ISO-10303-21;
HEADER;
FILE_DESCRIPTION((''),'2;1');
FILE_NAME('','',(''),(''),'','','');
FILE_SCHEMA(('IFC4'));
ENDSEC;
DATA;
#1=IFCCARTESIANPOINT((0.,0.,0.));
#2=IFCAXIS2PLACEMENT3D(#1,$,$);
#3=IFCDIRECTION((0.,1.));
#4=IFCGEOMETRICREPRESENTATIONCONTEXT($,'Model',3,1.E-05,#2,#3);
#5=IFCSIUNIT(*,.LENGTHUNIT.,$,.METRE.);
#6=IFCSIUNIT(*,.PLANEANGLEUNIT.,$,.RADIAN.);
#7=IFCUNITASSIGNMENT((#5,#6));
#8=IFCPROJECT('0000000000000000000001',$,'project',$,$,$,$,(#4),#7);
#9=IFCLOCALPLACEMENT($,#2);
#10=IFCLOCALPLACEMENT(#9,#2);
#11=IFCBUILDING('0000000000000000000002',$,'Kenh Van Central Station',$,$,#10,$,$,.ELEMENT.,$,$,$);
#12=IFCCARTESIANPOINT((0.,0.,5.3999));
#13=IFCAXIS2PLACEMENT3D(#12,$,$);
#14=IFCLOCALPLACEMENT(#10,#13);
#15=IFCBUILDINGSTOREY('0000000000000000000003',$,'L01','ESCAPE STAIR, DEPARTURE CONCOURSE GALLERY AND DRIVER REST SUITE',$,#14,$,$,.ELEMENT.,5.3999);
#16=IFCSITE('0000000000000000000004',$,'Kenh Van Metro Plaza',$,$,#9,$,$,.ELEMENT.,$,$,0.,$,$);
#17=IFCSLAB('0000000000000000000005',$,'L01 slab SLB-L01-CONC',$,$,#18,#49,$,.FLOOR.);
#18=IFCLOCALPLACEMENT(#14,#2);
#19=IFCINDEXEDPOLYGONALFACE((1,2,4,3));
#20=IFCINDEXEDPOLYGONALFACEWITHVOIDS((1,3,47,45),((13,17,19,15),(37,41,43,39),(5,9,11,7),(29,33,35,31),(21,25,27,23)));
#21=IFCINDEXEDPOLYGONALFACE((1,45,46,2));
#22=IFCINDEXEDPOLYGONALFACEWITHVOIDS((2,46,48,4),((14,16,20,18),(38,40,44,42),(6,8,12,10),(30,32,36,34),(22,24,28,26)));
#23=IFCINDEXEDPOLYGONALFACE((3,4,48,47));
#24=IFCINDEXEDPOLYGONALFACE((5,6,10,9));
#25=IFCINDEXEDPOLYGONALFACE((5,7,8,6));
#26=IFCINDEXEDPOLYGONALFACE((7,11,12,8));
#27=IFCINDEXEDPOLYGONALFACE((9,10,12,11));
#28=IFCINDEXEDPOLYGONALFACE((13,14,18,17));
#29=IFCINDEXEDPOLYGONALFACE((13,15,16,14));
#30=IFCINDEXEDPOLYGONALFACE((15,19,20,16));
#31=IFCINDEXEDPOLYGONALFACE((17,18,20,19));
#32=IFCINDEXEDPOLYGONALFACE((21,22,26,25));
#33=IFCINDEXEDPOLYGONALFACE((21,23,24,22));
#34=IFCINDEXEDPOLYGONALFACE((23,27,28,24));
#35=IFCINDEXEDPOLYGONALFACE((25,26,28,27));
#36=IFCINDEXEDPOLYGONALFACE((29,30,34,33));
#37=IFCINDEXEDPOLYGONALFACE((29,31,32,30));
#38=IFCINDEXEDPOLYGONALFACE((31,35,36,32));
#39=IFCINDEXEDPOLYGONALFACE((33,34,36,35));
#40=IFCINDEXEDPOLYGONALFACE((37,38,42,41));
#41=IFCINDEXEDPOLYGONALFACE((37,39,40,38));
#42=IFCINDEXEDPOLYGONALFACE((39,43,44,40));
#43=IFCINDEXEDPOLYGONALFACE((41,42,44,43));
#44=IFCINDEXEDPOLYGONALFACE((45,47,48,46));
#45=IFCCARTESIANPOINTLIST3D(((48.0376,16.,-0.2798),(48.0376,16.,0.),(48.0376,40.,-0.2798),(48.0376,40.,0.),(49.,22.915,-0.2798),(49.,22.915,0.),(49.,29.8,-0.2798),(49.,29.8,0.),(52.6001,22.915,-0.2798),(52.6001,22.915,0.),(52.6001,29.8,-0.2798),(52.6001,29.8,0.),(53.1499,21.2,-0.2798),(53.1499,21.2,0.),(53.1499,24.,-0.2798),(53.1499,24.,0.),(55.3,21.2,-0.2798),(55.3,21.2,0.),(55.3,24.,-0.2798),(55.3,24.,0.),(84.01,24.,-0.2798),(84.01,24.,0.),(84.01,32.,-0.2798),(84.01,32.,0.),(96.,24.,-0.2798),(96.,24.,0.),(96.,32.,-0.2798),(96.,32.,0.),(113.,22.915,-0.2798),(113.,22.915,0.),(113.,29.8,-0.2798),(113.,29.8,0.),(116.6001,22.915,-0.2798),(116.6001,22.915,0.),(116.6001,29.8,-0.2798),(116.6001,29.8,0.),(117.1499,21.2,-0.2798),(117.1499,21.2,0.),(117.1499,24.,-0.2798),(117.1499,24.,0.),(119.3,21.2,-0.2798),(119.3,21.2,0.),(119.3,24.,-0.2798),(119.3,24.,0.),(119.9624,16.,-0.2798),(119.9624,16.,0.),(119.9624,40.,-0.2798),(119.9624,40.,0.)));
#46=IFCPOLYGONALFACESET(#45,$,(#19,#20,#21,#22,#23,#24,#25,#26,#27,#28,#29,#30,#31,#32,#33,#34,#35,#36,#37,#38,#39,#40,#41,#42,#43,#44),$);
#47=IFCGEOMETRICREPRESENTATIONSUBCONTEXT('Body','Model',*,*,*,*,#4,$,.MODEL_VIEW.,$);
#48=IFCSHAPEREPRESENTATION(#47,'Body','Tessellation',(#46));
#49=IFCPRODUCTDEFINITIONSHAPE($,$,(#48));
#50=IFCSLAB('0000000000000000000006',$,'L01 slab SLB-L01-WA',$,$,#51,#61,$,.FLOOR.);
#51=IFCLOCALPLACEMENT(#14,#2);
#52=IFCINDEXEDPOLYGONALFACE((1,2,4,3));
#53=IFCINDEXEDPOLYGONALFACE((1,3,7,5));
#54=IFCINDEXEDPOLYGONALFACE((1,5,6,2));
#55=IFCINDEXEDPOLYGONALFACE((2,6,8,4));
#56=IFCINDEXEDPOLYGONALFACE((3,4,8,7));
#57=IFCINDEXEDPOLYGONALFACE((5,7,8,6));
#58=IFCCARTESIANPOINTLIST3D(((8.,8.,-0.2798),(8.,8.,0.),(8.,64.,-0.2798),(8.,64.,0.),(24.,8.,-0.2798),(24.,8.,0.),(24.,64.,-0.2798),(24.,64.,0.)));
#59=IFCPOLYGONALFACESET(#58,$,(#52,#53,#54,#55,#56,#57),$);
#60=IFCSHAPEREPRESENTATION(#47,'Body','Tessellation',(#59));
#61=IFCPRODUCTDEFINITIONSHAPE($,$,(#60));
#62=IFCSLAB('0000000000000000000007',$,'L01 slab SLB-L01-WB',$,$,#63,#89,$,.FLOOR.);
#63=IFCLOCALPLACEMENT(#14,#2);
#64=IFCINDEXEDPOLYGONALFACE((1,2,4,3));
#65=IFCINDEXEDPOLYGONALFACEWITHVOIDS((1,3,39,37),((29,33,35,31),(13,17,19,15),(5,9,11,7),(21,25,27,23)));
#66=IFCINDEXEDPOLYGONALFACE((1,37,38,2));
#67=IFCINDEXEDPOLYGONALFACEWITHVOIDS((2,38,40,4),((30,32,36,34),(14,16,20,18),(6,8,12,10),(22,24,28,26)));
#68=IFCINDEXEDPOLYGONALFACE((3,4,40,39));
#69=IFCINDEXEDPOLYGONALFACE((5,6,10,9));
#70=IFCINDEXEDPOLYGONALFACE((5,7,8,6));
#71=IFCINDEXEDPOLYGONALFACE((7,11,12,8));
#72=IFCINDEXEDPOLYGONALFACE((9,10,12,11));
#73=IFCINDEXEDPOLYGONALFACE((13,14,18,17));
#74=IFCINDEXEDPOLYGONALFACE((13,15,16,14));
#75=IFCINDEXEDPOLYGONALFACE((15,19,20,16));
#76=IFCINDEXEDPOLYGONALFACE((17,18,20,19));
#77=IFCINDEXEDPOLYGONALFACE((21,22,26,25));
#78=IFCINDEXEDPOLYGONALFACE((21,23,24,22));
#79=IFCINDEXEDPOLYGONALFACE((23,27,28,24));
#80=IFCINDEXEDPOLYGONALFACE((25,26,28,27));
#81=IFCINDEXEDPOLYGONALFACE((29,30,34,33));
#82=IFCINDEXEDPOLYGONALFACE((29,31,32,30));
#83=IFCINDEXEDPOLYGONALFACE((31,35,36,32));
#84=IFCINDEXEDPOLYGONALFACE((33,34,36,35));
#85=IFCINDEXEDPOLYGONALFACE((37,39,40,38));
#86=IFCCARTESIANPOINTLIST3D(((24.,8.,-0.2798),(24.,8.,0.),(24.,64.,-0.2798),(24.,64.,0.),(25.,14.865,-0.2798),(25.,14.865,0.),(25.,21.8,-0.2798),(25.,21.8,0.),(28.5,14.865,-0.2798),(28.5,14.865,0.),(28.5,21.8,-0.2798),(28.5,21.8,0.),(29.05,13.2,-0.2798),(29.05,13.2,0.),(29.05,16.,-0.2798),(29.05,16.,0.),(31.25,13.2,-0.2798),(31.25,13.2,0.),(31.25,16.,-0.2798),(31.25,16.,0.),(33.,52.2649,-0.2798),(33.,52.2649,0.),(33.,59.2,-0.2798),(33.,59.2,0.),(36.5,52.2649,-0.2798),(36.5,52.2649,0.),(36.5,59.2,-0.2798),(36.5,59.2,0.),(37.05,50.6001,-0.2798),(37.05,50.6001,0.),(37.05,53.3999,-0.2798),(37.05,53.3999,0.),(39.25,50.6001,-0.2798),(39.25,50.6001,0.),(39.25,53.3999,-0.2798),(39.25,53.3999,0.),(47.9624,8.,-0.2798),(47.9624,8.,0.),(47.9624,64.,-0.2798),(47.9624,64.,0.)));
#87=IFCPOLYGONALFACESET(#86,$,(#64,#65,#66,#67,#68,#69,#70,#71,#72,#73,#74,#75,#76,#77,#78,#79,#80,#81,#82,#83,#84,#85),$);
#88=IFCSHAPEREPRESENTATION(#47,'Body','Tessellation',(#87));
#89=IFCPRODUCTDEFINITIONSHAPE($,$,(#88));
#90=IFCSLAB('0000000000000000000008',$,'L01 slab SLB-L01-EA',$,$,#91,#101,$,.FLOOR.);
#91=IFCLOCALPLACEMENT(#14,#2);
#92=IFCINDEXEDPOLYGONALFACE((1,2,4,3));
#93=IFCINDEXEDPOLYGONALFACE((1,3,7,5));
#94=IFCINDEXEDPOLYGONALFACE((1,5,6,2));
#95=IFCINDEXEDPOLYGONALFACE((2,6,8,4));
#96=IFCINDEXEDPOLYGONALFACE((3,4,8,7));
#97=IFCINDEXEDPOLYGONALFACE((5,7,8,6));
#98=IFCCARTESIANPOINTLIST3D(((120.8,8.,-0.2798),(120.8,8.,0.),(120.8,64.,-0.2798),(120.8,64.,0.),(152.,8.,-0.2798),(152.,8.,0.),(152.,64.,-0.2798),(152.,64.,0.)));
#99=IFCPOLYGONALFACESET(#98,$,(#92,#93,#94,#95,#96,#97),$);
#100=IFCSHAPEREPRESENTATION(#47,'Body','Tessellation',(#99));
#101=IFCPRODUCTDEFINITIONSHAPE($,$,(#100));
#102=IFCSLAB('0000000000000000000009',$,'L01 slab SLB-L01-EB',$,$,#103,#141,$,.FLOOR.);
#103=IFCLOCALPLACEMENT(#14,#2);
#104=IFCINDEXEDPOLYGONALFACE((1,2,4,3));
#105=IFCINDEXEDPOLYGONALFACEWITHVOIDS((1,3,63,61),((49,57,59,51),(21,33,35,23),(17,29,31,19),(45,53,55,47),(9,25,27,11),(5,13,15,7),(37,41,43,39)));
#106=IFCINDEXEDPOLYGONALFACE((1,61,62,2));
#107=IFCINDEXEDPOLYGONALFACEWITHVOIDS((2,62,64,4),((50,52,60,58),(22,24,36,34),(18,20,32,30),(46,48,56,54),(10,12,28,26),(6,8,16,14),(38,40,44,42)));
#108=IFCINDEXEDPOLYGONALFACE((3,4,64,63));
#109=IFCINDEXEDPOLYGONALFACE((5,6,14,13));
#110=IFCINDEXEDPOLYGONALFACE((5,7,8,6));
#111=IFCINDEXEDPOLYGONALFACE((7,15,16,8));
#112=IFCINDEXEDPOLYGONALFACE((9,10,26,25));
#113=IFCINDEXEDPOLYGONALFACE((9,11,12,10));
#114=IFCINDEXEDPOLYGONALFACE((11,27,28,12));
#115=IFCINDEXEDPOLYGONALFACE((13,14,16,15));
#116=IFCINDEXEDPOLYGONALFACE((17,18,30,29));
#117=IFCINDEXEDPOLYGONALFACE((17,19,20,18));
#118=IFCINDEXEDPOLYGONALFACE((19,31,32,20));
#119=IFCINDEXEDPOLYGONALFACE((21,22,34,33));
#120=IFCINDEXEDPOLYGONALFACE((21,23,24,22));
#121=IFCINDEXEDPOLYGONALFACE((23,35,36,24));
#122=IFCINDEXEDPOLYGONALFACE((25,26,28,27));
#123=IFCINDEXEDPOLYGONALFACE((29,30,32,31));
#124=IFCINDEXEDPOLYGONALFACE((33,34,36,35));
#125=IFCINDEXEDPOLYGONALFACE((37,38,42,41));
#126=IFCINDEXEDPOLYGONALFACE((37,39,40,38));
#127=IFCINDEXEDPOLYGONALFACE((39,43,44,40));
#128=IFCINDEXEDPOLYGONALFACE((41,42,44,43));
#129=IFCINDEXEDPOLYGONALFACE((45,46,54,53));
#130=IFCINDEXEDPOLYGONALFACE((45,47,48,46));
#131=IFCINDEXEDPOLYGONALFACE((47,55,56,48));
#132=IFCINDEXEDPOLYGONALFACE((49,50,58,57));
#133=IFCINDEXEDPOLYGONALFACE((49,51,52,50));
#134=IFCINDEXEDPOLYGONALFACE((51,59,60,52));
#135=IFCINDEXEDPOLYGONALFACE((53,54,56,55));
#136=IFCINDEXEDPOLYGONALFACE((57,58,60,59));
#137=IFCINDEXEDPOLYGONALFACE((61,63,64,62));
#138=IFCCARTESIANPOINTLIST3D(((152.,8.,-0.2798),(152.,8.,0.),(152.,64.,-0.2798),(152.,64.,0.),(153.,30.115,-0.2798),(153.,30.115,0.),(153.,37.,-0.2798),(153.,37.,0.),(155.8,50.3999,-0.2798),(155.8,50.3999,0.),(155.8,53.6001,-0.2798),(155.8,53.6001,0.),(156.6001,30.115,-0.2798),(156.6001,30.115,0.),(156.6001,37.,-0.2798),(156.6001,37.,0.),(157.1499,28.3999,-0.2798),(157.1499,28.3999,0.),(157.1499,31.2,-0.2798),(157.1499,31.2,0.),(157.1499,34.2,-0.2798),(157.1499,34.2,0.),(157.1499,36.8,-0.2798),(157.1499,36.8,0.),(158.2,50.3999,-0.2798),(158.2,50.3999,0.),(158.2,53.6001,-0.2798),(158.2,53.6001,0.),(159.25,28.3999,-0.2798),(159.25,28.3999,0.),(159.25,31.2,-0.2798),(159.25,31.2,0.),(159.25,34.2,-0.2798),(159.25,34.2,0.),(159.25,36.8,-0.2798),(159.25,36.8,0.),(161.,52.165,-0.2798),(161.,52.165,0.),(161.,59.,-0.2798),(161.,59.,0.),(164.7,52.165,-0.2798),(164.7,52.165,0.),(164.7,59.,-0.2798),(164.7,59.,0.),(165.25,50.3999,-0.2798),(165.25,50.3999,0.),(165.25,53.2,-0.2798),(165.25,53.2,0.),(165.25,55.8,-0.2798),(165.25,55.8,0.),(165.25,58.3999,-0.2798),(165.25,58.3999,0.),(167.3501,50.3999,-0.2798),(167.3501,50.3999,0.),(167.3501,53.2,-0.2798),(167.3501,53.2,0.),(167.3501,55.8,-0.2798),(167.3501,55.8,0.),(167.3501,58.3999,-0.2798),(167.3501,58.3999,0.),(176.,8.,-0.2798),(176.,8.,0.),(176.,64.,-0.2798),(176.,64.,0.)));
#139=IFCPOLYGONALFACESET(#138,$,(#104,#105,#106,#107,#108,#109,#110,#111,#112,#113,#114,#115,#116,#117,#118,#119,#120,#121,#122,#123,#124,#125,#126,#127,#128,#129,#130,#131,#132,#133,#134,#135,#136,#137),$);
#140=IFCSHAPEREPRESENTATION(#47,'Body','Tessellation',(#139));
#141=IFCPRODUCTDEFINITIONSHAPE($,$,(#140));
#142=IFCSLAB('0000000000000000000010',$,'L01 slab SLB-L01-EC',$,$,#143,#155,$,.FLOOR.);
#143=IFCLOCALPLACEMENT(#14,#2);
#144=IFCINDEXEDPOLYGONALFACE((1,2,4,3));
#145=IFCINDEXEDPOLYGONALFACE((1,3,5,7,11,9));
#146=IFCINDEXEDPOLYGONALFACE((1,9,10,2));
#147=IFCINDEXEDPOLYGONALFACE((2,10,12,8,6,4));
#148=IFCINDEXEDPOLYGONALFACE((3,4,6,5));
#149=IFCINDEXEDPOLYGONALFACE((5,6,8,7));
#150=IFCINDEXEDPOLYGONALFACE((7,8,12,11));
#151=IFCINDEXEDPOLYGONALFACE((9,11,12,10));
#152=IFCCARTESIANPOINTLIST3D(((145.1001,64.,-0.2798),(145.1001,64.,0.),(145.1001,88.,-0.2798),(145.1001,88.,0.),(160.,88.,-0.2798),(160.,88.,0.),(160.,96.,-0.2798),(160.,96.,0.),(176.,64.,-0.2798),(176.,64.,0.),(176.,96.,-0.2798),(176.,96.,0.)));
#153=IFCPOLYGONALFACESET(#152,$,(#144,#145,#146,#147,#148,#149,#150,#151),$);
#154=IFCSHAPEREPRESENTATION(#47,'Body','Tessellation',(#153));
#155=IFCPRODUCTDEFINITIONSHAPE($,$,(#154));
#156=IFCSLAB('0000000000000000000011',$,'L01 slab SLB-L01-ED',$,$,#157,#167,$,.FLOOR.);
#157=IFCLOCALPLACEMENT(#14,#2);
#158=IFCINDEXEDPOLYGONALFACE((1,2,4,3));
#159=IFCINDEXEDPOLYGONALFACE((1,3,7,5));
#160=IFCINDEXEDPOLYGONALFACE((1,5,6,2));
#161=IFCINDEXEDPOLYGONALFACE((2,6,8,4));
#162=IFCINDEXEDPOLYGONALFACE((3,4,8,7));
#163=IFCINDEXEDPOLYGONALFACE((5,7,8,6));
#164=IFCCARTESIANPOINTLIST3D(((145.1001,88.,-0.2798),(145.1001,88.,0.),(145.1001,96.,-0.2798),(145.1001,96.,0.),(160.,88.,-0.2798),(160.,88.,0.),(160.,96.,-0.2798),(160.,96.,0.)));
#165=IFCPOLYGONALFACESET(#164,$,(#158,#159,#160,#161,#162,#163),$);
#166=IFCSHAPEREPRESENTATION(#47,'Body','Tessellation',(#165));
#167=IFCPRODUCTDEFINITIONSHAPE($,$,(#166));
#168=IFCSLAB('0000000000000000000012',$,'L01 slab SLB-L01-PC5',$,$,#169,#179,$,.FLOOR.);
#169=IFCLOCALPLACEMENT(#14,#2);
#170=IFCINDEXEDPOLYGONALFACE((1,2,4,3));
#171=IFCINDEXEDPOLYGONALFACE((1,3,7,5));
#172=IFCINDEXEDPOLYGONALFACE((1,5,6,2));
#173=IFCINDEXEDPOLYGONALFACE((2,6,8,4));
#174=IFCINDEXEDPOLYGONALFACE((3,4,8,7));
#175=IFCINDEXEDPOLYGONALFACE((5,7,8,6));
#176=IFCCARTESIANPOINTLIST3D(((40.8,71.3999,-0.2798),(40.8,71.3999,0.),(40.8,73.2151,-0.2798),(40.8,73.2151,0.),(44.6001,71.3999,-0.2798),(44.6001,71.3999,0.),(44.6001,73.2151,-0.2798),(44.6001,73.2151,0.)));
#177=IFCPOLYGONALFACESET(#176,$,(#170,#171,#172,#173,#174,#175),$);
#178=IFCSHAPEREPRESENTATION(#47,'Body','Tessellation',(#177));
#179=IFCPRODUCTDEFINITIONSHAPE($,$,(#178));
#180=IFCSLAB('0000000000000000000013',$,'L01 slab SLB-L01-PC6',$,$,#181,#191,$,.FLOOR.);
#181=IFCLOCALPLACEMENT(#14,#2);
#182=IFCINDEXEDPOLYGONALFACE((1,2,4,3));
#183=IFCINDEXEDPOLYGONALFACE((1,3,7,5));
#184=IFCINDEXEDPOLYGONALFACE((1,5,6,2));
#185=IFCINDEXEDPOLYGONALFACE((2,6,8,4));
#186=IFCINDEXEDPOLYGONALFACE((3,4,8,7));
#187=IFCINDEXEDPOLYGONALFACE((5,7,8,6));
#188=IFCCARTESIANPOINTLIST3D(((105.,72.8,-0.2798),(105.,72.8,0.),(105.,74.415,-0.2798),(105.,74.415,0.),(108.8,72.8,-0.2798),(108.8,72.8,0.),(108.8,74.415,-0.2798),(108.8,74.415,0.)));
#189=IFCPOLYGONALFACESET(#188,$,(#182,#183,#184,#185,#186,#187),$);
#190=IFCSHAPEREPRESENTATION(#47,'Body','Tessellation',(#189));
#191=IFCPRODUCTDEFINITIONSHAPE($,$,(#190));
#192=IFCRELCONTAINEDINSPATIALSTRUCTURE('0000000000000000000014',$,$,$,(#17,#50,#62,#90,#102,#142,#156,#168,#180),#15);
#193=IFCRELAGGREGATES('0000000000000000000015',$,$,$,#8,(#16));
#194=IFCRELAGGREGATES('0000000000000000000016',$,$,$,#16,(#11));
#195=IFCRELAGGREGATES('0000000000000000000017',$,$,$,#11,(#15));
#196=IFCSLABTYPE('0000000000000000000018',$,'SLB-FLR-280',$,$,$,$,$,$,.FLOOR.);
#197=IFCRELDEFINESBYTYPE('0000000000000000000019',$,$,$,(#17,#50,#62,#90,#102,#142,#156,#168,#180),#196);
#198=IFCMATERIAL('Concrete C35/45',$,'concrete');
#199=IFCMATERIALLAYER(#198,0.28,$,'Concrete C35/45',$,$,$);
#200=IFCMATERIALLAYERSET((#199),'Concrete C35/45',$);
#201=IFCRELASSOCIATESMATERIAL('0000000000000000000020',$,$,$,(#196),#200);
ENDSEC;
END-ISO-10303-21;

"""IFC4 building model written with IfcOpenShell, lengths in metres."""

from ifc_helpers import new_model, si_unit, direction, frame, origin, place, context, subcontext, project, spatial, polyline, outline, extrude, material, layer, layer_set, type_object, element, save


model = new_model("IFC4")

# Units and contexts
model_context = context("Model", 3, precision=1e-05, world=origin(), true_north=direction((0.0, 1.0)))
body_context = subcontext(model_context, "Body", "Model", "MODEL_VIEW")
ifc_project = project(units=[si_unit("LENGTHUNIT", "METRE"), si_unit("PLANEANGLEUNIT", "RADIAN")], contexts=[model_context])

# Site, building, storey
site_placement = place(None, origin())
site = spatial("IfcSite", under=ifc_project, at=site_placement, Name="Kenh Van Metro Plaza", CompositionType="ELEMENT", RefElevation=0.0)
building_placement = place(site_placement, origin())
building = spatial("IfcBuilding", under=site, at=building_placement, Name="Kenh Van Central Station", CompositionType="ELEMENT")
storey_placement = place(building_placement, frame((0.0, 0.0, 5.3999)))
storey = spatial("IfcBuildingStorey", under=building, at=storey_placement, Name="L01", Description="ESCAPE STAIR, DEPARTURE CONCOURSE GALLERY AND DRIVER REST SUITE", CompositionType="ELEMENT", Elevation=5.3999)

# Shared definitions
ifc_material_1 = material(Name="Concrete C35/45", Category="concrete")

# Slabs
ifc_layer_1 = layer(ifc_material_1, 0.28, Name="Concrete C35/45")
ifc_layer_set_1 = layer_set([ifc_layer_1], Name="Concrete C35/45")
slab_type_1 = type_object("IfcSlabType", Name="SLB-FLR-280", PredefinedType="FLOOR", material=ifc_layer_set_1)
slab_1_placement = place(storey_placement, frame((0.0, 0.0, -0.2798)))
element("IfcSlab", 1, at=slab_1_placement, inside=storey, type_object=slab_type_1, Name="L01 slab SLB-L01-CONC", PredefinedType="FLOOR", context=body_context, shape_type="SweptSolid", body=[
    extrude(outline(polyline([(48.0376, 16.0), (119.9624, 16.0), (119.9624, 40.0), (48.0376, 40.0), (48.0376, 16.0)]), holes=[polyline([(119.3, 21.2), (117.1499, 21.2), (117.1499, 24.0), (119.3, 24.0), (119.3, 21.2)]), polyline([(116.6001, 22.915), (113.0, 22.915), (113.0, 29.8), (116.6001, 29.8), (116.6001, 22.915)]), polyline([(96.0, 24.0), (84.01, 24.0), (84.01, 32.0), (96.0, 32.0), (96.0, 24.0)]), polyline([(55.3, 21.2), (53.1499, 21.2), (53.1499, 24.0), (55.3, 24.0), (55.3, 21.2)]), polyline([(52.6001, 22.915), (49.0, 22.915), (49.0, 29.8), (52.6001, 29.8), (52.6001, 22.915)])]), origin(), (0.0, 0.0, 1.0), 0.2798),
])
slab_2_placement = place(storey_placement, frame((0.0, 0.0, -0.2798)))
element("IfcSlab", 2, at=slab_2_placement, inside=storey, type_object=slab_type_1, Name="L01 slab SLB-L01-WA", PredefinedType="FLOOR", context=body_context, shape_type="SweptSolid", body=[
    extrude(outline(polyline([(8.0, 8.0), (24.0, 8.0), (24.0, 64.0), (8.0, 64.0), (8.0, 8.0)])), origin(), (0.0, 0.0, 1.0), 0.2798),
])
slab_3_placement = place(storey_placement, frame((0.0, 0.0, -0.2798)))
element("IfcSlab", 3, at=slab_3_placement, inside=storey, type_object=slab_type_1, Name="L01 slab SLB-L01-WB", PredefinedType="FLOOR", context=body_context, shape_type="SweptSolid", body=[
    extrude(outline(polyline([(24.0, 8.0), (47.9624, 8.0), (47.9624, 64.0), (24.0, 64.0), (24.0, 8.0)]), holes=[polyline([(39.25, 50.6001), (37.05, 50.6001), (37.05, 53.3999), (39.25, 53.3999), (39.25, 50.6001)]), polyline([(36.5, 52.2649), (33.0, 52.2649), (33.0, 59.2), (36.5, 59.2), (36.5, 52.2649)]), polyline([(31.25, 13.2), (29.05, 13.2), (29.05, 16.0), (31.25, 16.0), (31.25, 13.2)]), polyline([(28.5, 14.865), (25.0, 14.865), (25.0, 21.8), (28.5, 21.8), (28.5, 14.865)])]), origin(), (0.0, 0.0, 1.0), 0.2798),
])
slab_4_placement = place(storey_placement, frame((0.0, 0.0, -0.2798)))
element("IfcSlab", 4, at=slab_4_placement, inside=storey, type_object=slab_type_1, Name="L01 slab SLB-L01-EA", PredefinedType="FLOOR", context=body_context, shape_type="SweptSolid", body=[
    extrude(outline(polyline([(120.8, 8.0), (152.0, 8.0), (152.0, 64.0), (120.8, 64.0), (120.8, 8.0)])), origin(), (0.0, 0.0, 1.0), 0.2798),
])
slab_5_placement = place(storey_placement, frame((0.0, 0.0, -0.2798)))
element("IfcSlab", 5, at=slab_5_placement, inside=storey, type_object=slab_type_1, Name="L01 slab SLB-L01-EB", PredefinedType="FLOOR", context=body_context, shape_type="SweptSolid", body=[
    extrude(outline(polyline([(152.0, 8.0), (176.0, 8.0), (176.0, 64.0), (152.0, 64.0), (152.0, 8.0)]), holes=[polyline([(167.3501, 50.3999), (165.25, 50.3999), (165.25, 53.2), (167.3501, 53.2), (167.3501, 50.3999)]), polyline([(167.3501, 55.8), (165.25, 55.8), (165.25, 58.3999), (167.3501, 58.3999), (167.3501, 55.8)]), polyline([(164.7, 52.165), (161.0, 52.165), (161.0, 59.0), (164.7, 59.0), (164.7, 52.165)]), polyline([(159.25, 28.3999), (157.1499, 28.3999), (157.1499, 31.2), (159.25, 31.2), (159.25, 28.3999)]), polyline([(159.25, 34.2), (157.1499, 34.2), (157.1499, 36.8), (159.25, 36.8), (159.25, 34.2)]), polyline([(158.2, 50.3999), (155.8, 50.3999), (155.8, 53.6001), (158.2, 53.6001), (158.2, 50.3999)]), polyline([(156.6001, 30.115), (153.0, 30.115), (153.0, 37.0), (156.6001, 37.0), (156.6001, 30.115)])]), origin(), (0.0, 0.0, 1.0), 0.2798),
])
slab_6_placement = place(storey_placement, frame((0.0, 0.0, -0.2798)))
element("IfcSlab", 6, at=slab_6_placement, inside=storey, type_object=slab_type_1, Name="L01 slab SLB-L01-EC", PredefinedType="FLOOR", context=body_context, shape_type="SweptSolid", body=[
    extrude(outline(polyline([(145.1001, 64.0), (176.0, 64.0), (176.0, 96.0), (160.0, 96.0), (160.0, 88.0), (145.1001, 88.0), (145.1001, 64.0)])), origin(), (0.0, 0.0, 1.0), 0.2798),
])
slab_7_placement = place(storey_placement, frame((0.0, 0.0, -0.2798)))
element("IfcSlab", 7, at=slab_7_placement, inside=storey, type_object=slab_type_1, Name="L01 slab SLB-L01-ED", PredefinedType="FLOOR", context=body_context, shape_type="SweptSolid", body=[
    extrude(outline(polyline([(145.1001, 88.0), (160.0, 88.0), (160.0, 96.0), (145.1001, 96.0), (145.1001, 88.0)])), origin(), (0.0, 0.0, 1.0), 0.2798),
])
slab_8_placement = place(storey_placement, frame((0.0, 0.0, -0.2798)))
element("IfcSlab", 8, at=slab_8_placement, inside=storey, type_object=slab_type_1, Name="L01 slab SLB-L01-PC5", PredefinedType="FLOOR", context=body_context, shape_type="SweptSolid", body=[
    extrude(outline(polyline([(40.8, 71.3999), (44.6001, 71.3999), (44.6001, 73.2151), (40.8, 73.2151), (40.8, 71.3999)])), origin(), (0.0, 0.0, 1.0), 0.2798),
])
slab_9_placement = place(storey_placement, frame((0.0, 0.0, -0.2798)))
element("IfcSlab", 9, at=slab_9_placement, inside=storey, type_object=slab_type_1, Name="L01 slab SLB-L01-PC6", PredefinedType="FLOOR", context=body_context, shape_type="SweptSolid", body=[
    extrude(outline(polyline([(105.0, 72.8), (108.8, 72.8), (108.8, 74.415), (105.0, 74.415), (105.0, 72.8)])), origin(), (0.0, 0.0, 1.0), 0.2798),
])

save(model, "model.ifc")
